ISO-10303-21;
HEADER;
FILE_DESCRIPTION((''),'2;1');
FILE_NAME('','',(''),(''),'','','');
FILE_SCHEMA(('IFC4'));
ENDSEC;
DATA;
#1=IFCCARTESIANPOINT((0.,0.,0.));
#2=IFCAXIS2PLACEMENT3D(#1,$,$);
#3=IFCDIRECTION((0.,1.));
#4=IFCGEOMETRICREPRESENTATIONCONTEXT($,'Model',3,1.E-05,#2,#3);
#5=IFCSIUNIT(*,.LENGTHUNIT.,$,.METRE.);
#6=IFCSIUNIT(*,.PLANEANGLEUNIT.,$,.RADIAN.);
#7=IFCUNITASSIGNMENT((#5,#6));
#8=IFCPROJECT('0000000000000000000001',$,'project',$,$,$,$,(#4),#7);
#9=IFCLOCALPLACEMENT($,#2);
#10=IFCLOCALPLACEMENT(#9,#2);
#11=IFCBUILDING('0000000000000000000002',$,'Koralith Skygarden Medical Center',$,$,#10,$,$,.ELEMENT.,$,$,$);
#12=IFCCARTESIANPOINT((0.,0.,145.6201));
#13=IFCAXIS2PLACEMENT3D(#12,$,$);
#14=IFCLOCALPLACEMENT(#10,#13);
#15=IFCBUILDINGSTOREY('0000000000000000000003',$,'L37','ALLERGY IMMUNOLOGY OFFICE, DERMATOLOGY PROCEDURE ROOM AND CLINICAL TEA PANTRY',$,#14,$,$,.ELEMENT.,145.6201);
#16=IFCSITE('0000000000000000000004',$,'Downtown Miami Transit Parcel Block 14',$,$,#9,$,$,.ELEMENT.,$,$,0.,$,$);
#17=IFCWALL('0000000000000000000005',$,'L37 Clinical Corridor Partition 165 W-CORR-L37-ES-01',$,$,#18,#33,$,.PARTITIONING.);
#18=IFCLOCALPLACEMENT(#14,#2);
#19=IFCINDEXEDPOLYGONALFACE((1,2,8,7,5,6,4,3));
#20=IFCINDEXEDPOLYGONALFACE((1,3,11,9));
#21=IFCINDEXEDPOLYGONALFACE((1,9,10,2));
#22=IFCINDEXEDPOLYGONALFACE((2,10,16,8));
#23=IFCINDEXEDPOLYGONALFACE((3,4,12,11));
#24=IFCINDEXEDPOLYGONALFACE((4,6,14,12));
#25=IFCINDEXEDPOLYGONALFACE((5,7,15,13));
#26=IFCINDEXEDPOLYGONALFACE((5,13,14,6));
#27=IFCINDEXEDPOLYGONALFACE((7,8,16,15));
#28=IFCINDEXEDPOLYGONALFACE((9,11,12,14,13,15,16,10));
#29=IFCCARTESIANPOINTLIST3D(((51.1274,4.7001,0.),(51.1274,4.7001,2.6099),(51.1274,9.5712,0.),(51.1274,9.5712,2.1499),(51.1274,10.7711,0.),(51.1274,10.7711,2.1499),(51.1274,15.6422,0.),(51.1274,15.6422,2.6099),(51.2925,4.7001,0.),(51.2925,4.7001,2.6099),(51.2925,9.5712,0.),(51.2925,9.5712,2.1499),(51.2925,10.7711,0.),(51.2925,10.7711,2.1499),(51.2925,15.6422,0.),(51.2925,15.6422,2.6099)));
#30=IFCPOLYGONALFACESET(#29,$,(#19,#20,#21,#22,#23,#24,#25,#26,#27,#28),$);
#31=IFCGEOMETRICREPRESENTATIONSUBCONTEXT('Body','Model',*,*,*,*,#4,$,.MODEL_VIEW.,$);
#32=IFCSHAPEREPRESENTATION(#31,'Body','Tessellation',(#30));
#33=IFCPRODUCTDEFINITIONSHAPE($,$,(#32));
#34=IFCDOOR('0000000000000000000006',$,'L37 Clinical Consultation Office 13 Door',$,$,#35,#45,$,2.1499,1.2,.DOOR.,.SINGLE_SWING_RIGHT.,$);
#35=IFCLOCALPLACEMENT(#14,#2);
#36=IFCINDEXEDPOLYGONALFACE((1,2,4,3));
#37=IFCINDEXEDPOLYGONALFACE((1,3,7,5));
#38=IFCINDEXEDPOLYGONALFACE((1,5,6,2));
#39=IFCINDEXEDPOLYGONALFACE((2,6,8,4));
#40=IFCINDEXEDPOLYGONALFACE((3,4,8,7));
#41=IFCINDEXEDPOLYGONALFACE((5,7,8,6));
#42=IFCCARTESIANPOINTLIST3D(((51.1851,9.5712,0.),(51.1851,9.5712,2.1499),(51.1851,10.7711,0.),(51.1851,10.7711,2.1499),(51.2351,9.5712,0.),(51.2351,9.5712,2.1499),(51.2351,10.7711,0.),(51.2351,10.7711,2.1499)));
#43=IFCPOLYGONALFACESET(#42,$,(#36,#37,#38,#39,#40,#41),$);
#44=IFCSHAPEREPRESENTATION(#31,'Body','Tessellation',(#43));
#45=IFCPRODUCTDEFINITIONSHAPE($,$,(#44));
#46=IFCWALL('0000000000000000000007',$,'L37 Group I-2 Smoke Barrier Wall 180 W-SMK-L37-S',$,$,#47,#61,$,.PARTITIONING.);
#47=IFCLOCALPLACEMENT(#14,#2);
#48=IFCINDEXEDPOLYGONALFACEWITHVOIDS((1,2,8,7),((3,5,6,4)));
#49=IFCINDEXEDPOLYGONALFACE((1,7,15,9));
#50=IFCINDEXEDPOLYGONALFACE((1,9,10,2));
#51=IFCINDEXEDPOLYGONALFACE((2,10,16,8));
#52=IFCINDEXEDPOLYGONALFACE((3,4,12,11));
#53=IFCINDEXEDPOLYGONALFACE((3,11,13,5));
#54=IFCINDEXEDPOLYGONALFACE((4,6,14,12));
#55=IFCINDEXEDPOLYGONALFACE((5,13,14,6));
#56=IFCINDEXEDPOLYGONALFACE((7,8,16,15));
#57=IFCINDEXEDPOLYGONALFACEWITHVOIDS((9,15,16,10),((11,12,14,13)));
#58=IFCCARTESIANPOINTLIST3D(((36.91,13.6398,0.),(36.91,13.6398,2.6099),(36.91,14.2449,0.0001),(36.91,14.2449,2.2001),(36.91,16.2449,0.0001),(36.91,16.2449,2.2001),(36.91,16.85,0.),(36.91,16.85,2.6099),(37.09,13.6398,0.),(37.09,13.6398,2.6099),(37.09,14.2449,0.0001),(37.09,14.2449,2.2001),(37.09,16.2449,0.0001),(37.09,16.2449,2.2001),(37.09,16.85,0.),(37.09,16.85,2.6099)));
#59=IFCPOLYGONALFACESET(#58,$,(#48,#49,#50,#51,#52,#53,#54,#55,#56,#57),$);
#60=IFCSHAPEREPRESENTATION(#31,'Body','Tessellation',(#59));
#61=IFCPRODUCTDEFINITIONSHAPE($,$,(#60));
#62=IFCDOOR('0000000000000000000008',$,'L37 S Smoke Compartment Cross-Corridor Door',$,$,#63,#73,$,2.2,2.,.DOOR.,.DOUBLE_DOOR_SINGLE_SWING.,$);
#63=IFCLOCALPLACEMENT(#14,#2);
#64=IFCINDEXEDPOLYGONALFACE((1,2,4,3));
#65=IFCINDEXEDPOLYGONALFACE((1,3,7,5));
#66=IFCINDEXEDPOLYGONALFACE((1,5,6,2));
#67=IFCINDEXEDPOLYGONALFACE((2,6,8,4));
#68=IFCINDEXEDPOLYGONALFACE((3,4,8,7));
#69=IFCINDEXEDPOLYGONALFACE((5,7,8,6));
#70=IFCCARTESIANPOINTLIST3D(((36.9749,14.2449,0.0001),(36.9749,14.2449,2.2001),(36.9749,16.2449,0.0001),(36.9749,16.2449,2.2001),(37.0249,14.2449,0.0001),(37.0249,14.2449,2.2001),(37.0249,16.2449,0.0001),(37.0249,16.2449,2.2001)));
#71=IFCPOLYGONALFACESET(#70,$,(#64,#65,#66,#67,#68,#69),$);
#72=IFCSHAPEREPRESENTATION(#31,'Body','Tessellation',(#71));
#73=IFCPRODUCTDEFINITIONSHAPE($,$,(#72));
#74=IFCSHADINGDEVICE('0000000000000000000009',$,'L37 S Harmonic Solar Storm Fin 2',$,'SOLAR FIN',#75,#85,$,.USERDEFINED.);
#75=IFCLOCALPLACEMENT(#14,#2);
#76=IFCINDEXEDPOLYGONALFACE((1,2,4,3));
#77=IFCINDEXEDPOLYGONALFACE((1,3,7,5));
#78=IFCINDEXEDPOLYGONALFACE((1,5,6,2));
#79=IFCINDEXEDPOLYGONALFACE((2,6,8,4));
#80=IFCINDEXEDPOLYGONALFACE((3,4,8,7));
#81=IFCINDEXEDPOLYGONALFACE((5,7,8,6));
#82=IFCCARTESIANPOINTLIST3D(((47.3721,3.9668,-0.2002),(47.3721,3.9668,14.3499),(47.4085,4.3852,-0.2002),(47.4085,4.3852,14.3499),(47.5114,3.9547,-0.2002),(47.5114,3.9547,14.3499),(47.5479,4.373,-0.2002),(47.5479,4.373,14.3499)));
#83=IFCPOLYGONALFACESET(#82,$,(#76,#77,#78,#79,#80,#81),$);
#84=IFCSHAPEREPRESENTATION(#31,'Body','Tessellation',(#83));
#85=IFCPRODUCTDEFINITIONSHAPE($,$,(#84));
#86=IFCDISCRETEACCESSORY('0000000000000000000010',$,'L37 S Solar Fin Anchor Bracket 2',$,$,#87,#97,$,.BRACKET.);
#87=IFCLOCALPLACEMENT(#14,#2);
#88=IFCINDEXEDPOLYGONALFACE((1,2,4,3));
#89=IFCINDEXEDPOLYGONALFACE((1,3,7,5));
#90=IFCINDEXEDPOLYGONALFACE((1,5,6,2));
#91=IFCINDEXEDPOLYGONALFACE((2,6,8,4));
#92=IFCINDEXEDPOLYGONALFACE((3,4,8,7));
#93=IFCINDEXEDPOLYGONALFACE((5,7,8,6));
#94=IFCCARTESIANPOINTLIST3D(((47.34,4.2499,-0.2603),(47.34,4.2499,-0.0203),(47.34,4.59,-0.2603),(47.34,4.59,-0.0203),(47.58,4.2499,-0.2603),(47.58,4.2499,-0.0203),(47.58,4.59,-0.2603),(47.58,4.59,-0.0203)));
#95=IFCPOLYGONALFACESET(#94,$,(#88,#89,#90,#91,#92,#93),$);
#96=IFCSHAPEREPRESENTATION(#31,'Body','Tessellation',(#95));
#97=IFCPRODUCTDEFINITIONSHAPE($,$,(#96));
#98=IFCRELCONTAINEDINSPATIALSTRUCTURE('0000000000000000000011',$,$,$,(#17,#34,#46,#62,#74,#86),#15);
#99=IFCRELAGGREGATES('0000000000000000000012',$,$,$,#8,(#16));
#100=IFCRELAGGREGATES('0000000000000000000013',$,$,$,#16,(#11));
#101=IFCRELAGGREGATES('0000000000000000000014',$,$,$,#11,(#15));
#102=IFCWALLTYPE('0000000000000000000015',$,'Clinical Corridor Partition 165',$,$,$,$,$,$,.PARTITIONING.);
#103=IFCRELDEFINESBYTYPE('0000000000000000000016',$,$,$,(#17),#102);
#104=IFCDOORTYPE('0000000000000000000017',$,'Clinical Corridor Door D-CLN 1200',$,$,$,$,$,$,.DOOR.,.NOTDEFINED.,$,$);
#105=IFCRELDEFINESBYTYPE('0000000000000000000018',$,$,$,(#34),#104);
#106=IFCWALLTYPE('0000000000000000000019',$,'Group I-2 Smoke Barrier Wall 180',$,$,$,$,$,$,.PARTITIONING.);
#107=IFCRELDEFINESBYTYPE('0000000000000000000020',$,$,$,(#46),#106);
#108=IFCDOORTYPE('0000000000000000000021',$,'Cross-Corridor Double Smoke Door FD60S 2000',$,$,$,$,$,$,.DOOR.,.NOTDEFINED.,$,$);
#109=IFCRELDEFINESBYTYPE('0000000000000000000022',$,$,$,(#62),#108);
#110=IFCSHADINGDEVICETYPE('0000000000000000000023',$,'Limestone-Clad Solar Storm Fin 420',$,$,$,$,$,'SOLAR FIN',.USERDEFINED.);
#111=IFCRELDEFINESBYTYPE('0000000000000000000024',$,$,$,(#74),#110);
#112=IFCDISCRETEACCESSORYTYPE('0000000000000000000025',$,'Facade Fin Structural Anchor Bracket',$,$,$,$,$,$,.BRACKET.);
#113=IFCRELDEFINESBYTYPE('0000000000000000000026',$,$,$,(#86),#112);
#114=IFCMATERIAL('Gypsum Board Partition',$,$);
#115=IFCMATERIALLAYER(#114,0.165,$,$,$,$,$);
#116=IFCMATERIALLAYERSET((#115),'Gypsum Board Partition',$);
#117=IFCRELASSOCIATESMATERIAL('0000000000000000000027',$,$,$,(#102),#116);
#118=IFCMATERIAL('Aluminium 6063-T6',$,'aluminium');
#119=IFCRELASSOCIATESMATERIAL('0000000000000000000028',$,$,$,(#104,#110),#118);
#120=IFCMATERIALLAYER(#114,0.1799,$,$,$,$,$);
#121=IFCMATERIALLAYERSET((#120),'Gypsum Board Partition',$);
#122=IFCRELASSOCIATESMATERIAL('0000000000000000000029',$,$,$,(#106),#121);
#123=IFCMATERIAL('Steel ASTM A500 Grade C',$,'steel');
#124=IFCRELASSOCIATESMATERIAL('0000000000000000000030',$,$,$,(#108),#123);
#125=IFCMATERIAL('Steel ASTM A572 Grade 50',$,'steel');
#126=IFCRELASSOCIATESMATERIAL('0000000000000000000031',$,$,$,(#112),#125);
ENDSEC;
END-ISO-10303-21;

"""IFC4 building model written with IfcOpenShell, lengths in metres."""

from ifc_helpers import new_model, si_unit, direction, frame, frame_2d, origin, origin_2d, place, context, subcontext, project, spatial, rectangle, extrude, material, layer, layer_set, type_object, element, fill, save


model = new_model("IFC4")

# Units and contexts
model_context = context("Model", 3, precision=1e-05, world=origin(), true_north=direction((0.0, 1.0)))
body_context = subcontext(model_context, "Body", "Model", "MODEL_VIEW")
ifc_project = project(units=[si_unit("LENGTHUNIT", "METRE"), si_unit("PLANEANGLEUNIT", "RADIAN")], contexts=[model_context])

# Site, building, storey
site_placement = place(None, origin())
site = spatial("IfcSite", under=ifc_project, at=site_placement, Name="Downtown Miami Transit Parcel Block 14", CompositionType="ELEMENT", RefElevation=0.0)
building_placement = place(site_placement, origin())
building = spatial("IfcBuilding", under=site, at=building_placement, Name="Koralith Skygarden Medical Center", CompositionType="ELEMENT")
storey_placement = place(building_placement, frame((0.0, 0.0, 145.6201)))
storey = spatial("IfcBuildingStorey", under=building, at=storey_placement, Name="L37", Description="ALLERGY IMMUNOLOGY OFFICE, DERMATOLOGY PROCEDURE ROOM AND CLINICAL TEA PANTRY", CompositionType="ELEMENT", Elevation=145.6201)

# Shared definitions
ifc_material_1 = material(Name="Aluminium 6063-T6", Category="aluminium")

# Shared definitions
ifc_material_2 = material(Name="Gypsum Board Partition")
ifc_layer_1 = layer(ifc_material_2, 0.165)
ifc_layer_set_1 = layer_set([ifc_layer_1], Name="Gypsum Board Partition")
wall_type_1 = type_object("IfcWallType", Name="Clinical Corridor Partition 165", PredefinedType="PARTITIONING", material=ifc_layer_set_1)

# Walls, openings, doors
door_type_1 = type_object("IfcDoorType", Name="Clinical Corridor Door D-CLN 1200", OperationType="NOTDEFINED", PredefinedType="DOOR", material=ifc_material_1)
wall_1_placement = place(storey_placement, frame((51.21, 4.7, 0.0), z_axis=(0.0, 0.0, 1.0), x_axis=(0.0, 1.0, 0.0)))
wall_1 = element("IfcWall", 1, at=wall_1_placement, inside=storey, type_object=wall_type_1, Name="L37 Clinical Corridor Partition 165 W-CORR-L37-ES-01", PredefinedType="PARTITIONING", context=body_context, shape_type="SweptSolid", body=[
    extrude(rectangle(XDim=10.9421, YDim=0.165, at=frame_2d((5.4712, 0.0))), origin(), (0.0, 0.0, 1.0), 2.6099),
])
opening_1_placement = place(wall_1_placement, frame((4.8711, 0.0, 0.0)))
opening_1 = element("IfcOpeningElement", 2, at=opening_1_placement, cuts=wall_1, PredefinedType="OPENING", context=body_context, shape_type="SweptSolid", body=[
    extrude(rectangle(XDim=1.2, YDim=2.1499, at=frame_2d((0.6001, 1.075))), frame((0.0, 0.0925, 0.0), z_axis=(0.0, -1.0, 0.0), x_axis=(1.0, 0.0, 0.0)), (0.0, 0.0, 1.0), 0.1851),
])
door_1_placement = place(opening_1_placement, origin())
door_1 = element("IfcDoor", 3, at=door_1_placement, inside=storey, type_object=door_type_1, Name="L37 Clinical Consultation Office 13 Door", OperationType="SINGLE_SWING_RIGHT", OverallHeight=2.1499, OverallWidth=1.2, PredefinedType="DOOR", context=body_context, shape_type="SweptSolid", body=[
    extrude(rectangle(XDim=1.2, YDim=2.1499, at=frame_2d((0.6001, 1.075))), frame((0.0, 0.0249, 0.0), z_axis=(0.0, -1.0, 0.0), x_axis=(1.0, 0.0, 0.0)), (0.0, 0.0, 1.0), 0.05),
])
fill(opening_1, door_1)
ifc_layer_2 = layer(ifc_material_2, 0.1799)
ifc_layer_set_2 = layer_set([ifc_layer_2], Name="Gypsum Board Partition")
wall_type_2 = type_object("IfcWallType", Name="Group I-2 Smoke Barrier Wall 180", PredefinedType="PARTITIONING", material=ifc_layer_set_2)
wall_2_placement = place(storey_placement, frame((37.0, 13.6399, 0.0), z_axis=(0.0, 0.0, 1.0), x_axis=(0.0, 1.0, 0.0)))
wall_2 = element("IfcWall", 4, at=wall_2_placement, inside=storey, type_object=wall_type_2, Name="L37 Group I-2 Smoke Barrier Wall 180 W-SMK-L37-S", PredefinedType="PARTITIONING", context=body_context, shape_type="SweptSolid", body=[
    extrude(rectangle(XDim=3.2102, YDim=0.1799, at=frame_2d((1.605, 0.0))), origin(), (0.0, 0.0, 1.0), 2.6099),
])
opening_2_placement = place(wall_2_placement, frame((0.605, 0.0, 0.0)))
opening_2 = element("IfcOpeningElement", 5, at=opening_2_placement, cuts=wall_2, PredefinedType="OPENING", context=body_context, shape_type="SweptSolid", body=[
    extrude(rectangle(XDim=2.0, YDim=2.2, at=frame_2d((1.0, 1.1001))), frame((0.0, 0.0999, 0.0), z_axis=(0.0, -1.0, 0.0), x_axis=(1.0, 0.0, 0.0)), (0.0, 0.0, 1.0), 0.2),
])
ifc_material_3 = material(Name="Steel ASTM A500 Grade C", Category="steel")
door_type_2 = type_object("IfcDoorType", Name="Cross-Corridor Double Smoke Door FD60S 2000", OperationType="NOTDEFINED", PredefinedType="DOOR", material=ifc_material_3)
door_2_placement = place(opening_2_placement, frame((2.0, 0.0, 0.0), z_axis=(0.0, 0.0, 1.0), x_axis=(-1.0, 0.0, 0.0)))
door_2 = element("IfcDoor", 6, at=door_2_placement, inside=storey, type_object=door_type_2, Name="L37 S Smoke Compartment Cross-Corridor Door", OperationType="DOUBLE_DOOR_SINGLE_SWING", OverallHeight=2.2, OverallWidth=2.0, PredefinedType="DOOR", context=body_context, shape_type="SweptSolid", body=[
    extrude(rectangle(XDim=2.0, YDim=2.2, at=frame_2d((1.0, 1.1001))), frame((0.0, 0.0249, 0.0), z_axis=(0.0, -1.0, 0.0), x_axis=(1.0, 0.0, 0.0)), (0.0, 0.0, 1.0), 0.05),
])
fill(opening_2, door_2)

# Shading device
shading_device_type = type_object("IfcShadingDeviceType", Name="Limestone-Clad Solar Storm Fin 420", ElementType="SOLAR FIN", PredefinedType="USERDEFINED", material=ifc_material_1)
shading_device_placement = place(storey_placement, frame((47.46, 4.1699, -0.2002), z_axis=(0.0, 0.0, 1.0), x_axis=(-0.086756, -0.99623, 0.0)))
element("IfcShadingDevice", 7, at=shading_device_placement, inside=storey, type_object=shading_device_type, Name="L37 S Harmonic Solar Storm Fin 2", ObjectType="SOLAR FIN", PredefinedType="USERDEFINED", context=body_context, shape_type="SweptSolid", body=[
    extrude(rectangle(XDim=0.4199, YDim=0.1399, at=origin_2d()), origin(), (0.0, 0.0, 1.0), 14.55),
])

# Discrete accessory
ifc_material_4 = material(Name="Steel ASTM A572 Grade 50", Category="steel")
discrete_accessory_type = type_object("IfcDiscreteAccessoryType", Name="Facade Fin Structural Anchor Bracket", PredefinedType="BRACKET", material=ifc_material_4)
discrete_accessory_placement = place(storey_placement, frame((47.46, 4.4199, -0.2603), z_axis=(0.0, 0.0, 1.0), x_axis=(0.0, -1.0, 0.0)))
element("IfcDiscreteAccessory", 8, at=discrete_accessory_placement, inside=storey, type_object=discrete_accessory_type, Name="L37 S Solar Fin Anchor Bracket 2", PredefinedType="BRACKET", context=body_context, shape_type="SweptSolid", body=[
    extrude(rectangle(XDim=0.3401, YDim=0.24, at=origin_2d()), origin(), (0.0, 0.0, 1.0), 0.24),
])

save(model, "model.ifc")
